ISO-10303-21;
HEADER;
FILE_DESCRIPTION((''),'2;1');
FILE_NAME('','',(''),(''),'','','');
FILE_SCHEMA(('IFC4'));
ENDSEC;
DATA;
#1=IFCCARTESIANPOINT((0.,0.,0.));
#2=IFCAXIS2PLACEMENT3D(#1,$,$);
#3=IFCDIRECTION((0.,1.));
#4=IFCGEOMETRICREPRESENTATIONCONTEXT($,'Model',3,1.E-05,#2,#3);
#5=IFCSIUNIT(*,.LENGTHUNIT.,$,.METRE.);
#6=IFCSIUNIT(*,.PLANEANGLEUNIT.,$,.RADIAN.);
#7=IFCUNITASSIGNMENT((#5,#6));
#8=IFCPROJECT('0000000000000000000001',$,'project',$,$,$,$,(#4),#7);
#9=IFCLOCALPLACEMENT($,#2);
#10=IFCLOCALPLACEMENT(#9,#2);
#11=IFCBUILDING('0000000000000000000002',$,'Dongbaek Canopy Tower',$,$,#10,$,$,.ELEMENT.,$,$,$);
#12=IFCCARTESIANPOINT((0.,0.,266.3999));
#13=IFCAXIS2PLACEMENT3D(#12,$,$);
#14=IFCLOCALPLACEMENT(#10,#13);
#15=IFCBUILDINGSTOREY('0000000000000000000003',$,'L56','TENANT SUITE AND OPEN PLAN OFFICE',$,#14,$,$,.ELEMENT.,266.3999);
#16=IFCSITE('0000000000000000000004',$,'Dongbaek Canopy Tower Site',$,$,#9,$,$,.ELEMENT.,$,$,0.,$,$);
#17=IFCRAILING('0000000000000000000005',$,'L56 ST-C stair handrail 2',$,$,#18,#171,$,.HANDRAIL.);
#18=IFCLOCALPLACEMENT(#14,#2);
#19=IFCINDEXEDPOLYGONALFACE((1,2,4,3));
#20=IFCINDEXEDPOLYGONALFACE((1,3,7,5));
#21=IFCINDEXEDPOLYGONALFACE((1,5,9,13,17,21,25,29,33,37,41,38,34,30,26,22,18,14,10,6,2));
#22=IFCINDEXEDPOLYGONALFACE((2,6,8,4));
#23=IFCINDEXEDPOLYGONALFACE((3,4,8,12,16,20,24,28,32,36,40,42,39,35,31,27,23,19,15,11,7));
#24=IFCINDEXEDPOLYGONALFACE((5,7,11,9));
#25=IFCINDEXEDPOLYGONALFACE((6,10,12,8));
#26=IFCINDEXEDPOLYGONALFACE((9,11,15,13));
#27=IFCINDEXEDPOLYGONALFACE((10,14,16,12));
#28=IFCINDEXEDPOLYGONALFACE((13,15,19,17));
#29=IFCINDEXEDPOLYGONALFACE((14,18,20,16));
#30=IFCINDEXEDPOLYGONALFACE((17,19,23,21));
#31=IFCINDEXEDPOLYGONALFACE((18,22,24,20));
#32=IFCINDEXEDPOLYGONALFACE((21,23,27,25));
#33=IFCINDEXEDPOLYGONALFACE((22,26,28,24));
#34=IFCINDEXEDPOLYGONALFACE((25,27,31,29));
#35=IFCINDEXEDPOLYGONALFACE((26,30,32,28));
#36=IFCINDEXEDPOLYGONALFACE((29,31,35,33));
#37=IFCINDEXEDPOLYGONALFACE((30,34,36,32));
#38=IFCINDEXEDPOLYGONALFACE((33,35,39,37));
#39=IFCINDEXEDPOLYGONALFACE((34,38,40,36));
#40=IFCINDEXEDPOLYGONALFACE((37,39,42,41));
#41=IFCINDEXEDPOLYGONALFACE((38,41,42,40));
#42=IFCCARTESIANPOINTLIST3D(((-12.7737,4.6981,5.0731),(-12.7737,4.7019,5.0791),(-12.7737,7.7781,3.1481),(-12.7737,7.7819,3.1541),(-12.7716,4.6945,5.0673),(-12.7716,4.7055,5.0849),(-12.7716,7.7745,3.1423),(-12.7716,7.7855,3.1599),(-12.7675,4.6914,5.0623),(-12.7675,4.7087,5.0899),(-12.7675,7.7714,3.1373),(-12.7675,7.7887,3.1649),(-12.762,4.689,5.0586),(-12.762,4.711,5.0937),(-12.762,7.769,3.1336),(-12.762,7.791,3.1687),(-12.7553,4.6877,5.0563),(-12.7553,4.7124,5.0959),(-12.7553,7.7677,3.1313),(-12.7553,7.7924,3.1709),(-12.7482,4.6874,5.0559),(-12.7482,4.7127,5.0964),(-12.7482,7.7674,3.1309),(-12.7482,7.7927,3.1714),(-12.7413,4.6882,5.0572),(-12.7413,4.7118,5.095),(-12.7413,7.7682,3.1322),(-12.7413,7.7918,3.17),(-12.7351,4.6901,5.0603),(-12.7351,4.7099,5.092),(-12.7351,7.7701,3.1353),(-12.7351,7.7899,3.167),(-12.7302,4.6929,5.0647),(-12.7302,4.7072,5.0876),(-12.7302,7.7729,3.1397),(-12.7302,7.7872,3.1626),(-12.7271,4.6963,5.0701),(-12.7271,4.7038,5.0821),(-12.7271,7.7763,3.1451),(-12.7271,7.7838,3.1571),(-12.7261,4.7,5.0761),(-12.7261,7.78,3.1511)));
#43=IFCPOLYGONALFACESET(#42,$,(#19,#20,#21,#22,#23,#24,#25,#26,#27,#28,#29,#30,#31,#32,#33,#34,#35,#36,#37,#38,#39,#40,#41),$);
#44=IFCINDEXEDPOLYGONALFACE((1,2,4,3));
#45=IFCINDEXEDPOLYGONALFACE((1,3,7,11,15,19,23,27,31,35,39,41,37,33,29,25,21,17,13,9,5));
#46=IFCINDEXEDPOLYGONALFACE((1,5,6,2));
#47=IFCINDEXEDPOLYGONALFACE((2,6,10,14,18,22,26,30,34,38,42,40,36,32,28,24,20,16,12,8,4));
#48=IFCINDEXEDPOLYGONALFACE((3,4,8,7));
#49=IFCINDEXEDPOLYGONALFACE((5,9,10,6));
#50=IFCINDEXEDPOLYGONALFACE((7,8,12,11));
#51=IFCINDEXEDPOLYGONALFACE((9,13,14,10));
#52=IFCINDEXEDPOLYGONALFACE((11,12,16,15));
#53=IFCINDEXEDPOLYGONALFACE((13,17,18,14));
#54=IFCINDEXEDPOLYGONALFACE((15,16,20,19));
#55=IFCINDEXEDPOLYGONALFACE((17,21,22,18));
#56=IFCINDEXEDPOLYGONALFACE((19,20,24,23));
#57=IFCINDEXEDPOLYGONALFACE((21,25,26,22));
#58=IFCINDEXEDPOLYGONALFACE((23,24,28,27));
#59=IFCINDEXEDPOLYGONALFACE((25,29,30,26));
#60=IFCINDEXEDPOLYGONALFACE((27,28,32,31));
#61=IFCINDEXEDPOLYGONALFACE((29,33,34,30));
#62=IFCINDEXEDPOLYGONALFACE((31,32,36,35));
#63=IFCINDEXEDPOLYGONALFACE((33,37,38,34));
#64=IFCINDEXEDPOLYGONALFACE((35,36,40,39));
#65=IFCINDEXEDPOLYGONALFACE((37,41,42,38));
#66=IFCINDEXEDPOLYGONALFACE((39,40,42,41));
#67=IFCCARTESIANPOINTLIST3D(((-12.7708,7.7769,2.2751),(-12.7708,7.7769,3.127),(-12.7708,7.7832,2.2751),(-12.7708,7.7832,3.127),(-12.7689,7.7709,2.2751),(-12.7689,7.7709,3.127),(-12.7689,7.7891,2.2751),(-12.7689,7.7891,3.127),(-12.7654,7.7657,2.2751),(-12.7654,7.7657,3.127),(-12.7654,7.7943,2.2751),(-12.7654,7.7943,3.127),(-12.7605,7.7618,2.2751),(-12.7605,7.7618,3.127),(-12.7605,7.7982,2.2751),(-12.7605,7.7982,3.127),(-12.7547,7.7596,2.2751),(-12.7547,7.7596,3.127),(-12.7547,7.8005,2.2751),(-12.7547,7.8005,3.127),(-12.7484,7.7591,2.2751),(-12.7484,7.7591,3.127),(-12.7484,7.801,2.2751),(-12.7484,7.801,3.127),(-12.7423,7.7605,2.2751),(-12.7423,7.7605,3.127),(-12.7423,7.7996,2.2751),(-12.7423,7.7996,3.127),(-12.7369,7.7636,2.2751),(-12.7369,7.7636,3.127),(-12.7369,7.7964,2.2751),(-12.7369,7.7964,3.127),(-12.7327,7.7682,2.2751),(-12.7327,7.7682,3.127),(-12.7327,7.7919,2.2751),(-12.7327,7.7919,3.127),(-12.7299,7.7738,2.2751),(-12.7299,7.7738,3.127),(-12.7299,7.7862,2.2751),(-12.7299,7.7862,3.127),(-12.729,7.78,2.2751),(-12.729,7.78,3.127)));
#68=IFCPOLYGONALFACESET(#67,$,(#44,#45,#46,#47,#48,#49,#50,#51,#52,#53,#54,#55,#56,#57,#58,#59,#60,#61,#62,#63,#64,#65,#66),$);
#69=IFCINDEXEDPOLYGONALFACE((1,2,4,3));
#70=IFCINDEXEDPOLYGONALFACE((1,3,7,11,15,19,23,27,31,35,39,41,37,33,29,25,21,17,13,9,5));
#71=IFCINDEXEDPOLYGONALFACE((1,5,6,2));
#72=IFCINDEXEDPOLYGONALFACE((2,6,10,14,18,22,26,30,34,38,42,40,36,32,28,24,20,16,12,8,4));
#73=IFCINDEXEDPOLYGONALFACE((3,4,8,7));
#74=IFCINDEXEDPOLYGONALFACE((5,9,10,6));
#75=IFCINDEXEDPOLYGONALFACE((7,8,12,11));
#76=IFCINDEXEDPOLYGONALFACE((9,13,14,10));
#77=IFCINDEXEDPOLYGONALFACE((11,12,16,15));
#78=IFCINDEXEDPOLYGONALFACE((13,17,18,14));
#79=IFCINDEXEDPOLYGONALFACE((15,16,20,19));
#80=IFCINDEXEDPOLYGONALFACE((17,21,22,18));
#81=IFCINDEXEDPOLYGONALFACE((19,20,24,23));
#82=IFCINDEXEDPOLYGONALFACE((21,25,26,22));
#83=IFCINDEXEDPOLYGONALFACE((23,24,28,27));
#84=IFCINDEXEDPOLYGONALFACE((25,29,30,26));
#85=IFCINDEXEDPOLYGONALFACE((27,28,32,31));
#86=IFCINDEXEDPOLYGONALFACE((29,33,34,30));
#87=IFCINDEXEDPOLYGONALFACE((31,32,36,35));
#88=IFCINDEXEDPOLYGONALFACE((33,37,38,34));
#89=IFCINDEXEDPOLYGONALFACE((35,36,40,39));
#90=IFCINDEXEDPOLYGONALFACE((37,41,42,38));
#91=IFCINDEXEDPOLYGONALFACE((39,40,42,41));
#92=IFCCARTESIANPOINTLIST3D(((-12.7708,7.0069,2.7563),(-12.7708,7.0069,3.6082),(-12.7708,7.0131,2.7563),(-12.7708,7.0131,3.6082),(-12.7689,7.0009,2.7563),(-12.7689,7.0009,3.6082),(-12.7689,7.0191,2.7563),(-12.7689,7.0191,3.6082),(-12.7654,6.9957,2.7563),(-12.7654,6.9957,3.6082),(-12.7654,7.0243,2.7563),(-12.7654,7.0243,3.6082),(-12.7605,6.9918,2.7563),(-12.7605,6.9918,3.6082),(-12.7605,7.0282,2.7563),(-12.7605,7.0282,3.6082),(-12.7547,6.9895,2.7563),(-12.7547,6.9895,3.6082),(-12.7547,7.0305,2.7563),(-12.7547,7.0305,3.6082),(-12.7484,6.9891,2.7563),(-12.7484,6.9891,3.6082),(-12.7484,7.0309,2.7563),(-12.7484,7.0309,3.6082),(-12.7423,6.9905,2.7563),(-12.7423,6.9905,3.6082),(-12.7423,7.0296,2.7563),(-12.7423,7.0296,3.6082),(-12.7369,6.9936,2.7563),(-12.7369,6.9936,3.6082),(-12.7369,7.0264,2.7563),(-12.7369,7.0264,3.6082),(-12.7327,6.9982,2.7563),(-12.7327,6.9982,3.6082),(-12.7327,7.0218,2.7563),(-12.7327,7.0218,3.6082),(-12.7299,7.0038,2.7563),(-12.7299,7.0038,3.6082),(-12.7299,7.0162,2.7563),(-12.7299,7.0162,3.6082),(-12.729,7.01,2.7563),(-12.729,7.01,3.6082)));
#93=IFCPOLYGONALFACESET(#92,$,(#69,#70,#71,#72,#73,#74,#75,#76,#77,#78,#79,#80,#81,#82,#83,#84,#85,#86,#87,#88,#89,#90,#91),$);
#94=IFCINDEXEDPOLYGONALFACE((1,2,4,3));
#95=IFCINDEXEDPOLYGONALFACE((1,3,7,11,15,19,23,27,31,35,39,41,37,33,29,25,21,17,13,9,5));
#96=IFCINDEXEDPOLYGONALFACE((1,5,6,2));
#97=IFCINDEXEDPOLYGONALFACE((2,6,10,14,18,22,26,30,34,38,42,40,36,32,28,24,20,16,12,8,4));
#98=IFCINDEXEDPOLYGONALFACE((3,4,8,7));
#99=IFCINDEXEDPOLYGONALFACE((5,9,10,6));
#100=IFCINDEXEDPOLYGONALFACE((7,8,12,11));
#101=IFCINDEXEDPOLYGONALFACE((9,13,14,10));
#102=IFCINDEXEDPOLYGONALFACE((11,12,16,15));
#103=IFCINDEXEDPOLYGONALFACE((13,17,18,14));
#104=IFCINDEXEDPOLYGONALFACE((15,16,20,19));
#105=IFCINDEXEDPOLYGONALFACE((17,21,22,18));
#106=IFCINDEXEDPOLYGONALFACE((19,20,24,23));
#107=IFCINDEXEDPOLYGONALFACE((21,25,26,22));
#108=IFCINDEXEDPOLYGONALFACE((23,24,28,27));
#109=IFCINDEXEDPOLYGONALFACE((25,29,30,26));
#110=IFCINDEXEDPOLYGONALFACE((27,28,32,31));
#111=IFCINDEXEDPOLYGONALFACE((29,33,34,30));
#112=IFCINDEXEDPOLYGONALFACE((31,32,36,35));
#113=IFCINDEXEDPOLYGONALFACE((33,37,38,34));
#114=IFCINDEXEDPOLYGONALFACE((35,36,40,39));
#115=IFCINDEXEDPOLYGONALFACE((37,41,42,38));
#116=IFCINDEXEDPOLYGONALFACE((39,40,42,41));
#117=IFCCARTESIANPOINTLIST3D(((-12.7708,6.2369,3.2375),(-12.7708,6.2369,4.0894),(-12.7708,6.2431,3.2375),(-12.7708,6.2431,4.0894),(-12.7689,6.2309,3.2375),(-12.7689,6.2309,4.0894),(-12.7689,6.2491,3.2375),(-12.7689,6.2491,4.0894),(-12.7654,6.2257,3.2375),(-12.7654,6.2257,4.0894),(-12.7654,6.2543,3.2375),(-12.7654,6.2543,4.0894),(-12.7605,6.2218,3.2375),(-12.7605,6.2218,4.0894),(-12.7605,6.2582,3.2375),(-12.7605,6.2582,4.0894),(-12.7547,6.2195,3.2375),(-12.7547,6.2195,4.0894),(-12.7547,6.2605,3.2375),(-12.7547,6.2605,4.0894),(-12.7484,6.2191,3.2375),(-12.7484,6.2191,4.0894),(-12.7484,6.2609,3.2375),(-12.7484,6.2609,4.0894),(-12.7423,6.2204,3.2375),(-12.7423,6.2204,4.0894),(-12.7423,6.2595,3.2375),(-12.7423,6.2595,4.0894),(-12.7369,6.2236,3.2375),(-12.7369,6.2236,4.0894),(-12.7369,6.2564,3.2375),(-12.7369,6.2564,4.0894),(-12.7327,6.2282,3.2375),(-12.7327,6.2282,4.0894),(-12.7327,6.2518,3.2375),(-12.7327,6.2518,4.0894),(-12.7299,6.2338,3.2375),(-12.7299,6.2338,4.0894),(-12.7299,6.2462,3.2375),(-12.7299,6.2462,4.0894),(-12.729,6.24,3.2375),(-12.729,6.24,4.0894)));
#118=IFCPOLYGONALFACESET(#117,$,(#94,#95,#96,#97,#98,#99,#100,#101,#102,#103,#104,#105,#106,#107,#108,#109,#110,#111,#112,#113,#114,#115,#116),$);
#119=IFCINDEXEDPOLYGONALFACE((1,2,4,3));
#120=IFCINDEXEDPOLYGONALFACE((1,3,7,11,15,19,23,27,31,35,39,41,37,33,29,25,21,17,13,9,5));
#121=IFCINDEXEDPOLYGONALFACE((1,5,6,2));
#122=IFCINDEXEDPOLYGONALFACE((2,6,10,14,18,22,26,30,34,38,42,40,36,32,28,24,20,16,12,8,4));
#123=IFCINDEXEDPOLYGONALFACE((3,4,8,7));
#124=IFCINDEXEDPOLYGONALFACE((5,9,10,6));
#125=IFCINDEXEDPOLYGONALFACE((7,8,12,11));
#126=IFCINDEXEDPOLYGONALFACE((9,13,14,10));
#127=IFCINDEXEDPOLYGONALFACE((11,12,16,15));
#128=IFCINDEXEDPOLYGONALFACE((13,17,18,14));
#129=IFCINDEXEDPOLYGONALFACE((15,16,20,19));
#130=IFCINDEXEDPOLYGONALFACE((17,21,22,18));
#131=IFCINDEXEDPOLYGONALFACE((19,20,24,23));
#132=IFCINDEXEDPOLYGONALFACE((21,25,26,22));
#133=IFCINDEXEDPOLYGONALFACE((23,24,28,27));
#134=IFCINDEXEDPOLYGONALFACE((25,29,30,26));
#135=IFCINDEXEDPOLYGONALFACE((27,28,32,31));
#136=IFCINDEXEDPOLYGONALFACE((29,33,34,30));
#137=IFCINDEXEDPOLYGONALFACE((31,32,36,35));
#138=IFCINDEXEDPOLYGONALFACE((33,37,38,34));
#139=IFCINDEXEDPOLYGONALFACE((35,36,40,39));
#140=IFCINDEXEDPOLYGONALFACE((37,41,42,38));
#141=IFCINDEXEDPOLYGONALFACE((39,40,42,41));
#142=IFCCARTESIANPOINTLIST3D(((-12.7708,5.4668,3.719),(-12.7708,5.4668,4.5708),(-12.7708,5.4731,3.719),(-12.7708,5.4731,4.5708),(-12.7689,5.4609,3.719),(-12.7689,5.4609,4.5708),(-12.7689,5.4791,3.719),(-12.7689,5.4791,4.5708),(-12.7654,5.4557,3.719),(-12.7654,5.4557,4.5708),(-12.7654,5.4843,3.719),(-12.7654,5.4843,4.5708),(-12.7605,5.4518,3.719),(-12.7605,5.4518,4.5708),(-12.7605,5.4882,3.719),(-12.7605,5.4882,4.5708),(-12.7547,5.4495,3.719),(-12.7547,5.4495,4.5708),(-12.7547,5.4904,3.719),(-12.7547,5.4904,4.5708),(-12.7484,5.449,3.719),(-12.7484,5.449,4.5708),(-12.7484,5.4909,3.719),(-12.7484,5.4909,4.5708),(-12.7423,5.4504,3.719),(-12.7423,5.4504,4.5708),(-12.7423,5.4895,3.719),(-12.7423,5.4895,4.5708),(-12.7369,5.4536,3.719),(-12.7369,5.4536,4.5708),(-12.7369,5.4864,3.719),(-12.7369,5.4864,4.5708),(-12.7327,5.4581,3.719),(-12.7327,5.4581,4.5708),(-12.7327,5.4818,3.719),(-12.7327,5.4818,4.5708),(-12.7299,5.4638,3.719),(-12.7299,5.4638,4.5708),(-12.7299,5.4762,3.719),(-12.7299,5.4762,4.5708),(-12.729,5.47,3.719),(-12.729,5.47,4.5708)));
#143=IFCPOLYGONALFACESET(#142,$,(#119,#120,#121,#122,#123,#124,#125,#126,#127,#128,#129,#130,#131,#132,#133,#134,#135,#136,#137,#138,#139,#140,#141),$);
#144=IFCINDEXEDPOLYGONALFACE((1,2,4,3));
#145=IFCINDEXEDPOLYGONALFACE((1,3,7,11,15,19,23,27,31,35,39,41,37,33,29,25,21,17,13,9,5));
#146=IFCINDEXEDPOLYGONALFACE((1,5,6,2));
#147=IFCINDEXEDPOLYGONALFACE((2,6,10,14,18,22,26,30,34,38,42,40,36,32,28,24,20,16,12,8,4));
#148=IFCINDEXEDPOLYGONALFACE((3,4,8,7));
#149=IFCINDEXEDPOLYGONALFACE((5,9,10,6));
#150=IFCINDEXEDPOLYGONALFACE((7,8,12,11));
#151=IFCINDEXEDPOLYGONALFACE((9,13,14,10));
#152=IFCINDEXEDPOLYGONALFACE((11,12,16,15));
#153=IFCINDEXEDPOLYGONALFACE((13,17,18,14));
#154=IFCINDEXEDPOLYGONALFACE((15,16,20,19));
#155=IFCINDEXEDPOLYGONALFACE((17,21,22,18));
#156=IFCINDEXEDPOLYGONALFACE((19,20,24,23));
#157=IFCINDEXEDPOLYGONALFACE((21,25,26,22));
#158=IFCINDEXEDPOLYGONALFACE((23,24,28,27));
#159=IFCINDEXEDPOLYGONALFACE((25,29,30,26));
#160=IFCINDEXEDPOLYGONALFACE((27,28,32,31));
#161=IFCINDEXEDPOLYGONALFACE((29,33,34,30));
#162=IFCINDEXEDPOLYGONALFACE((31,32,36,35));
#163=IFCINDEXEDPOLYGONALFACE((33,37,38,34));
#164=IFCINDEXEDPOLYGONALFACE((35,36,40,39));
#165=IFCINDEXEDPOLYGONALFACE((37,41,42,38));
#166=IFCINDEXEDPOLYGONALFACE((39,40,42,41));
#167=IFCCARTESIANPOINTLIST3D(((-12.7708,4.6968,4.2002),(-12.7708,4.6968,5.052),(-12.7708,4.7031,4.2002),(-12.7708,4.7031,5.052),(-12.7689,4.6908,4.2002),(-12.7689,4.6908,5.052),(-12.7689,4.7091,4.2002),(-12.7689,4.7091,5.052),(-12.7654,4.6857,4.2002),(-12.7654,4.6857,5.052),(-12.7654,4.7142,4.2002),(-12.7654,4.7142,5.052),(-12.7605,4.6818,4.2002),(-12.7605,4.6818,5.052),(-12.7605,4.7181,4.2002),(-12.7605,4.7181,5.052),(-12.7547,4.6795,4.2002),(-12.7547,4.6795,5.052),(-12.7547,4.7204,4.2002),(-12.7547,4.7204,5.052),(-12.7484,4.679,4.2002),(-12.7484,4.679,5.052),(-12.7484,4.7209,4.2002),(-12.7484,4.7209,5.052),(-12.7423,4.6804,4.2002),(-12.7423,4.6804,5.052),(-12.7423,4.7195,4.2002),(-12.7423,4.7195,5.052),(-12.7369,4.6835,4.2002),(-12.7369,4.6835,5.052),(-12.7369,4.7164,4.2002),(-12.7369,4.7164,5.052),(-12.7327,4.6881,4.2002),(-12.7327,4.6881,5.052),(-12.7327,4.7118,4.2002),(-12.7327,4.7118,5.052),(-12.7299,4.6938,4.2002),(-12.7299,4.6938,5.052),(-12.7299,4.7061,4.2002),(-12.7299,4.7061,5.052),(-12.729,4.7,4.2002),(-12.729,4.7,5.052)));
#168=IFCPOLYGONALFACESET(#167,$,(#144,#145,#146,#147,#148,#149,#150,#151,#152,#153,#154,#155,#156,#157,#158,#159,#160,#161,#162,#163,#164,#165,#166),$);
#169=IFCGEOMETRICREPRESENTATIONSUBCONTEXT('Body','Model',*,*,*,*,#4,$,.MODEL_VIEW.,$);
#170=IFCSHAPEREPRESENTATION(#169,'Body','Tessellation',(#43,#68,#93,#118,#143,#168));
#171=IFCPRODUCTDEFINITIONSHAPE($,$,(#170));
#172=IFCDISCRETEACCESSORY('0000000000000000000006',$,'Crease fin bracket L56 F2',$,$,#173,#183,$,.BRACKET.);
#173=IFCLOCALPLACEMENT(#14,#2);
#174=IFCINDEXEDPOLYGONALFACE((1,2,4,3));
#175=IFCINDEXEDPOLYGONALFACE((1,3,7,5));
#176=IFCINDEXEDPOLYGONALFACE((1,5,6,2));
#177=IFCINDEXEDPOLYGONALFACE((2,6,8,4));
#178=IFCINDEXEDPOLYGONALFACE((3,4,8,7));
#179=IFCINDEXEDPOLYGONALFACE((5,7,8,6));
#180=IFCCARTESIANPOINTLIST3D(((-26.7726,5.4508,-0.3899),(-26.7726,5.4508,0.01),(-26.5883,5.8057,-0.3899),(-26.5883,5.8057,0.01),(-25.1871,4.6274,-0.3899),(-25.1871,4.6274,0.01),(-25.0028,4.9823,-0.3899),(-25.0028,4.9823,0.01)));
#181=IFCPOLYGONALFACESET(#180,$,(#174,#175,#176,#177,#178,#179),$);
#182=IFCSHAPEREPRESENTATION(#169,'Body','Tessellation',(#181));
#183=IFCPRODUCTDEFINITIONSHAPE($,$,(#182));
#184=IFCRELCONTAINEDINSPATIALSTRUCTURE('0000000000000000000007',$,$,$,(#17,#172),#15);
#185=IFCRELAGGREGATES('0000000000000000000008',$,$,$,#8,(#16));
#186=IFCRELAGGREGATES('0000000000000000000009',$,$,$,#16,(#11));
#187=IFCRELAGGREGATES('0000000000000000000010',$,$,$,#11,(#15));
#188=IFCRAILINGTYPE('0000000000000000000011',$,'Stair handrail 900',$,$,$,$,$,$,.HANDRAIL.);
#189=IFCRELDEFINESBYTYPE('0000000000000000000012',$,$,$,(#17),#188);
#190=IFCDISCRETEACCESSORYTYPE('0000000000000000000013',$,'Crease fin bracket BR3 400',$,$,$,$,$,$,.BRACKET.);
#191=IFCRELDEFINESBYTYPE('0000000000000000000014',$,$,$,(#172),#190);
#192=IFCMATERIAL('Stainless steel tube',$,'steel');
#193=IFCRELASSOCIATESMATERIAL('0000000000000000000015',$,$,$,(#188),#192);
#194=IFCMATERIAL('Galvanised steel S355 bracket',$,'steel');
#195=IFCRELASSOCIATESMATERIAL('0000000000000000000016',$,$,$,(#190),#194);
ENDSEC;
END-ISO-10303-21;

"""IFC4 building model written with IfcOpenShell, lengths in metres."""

from ifc_helpers import new_model, si_unit, direction, frame, origin, origin_2d, place, context, subcontext, project, spatial, rectangle, circle, extrude, material, type_object, element, save


model = new_model("IFC4")

# Units and contexts
model_context = context("Model", 3, precision=1e-05, world=origin(), true_north=direction((0.0, 1.0)))
body_context = subcontext(model_context, "Body", "Model", "MODEL_VIEW")
ifc_project = project(units=[si_unit("LENGTHUNIT", "METRE"), si_unit("PLANEANGLEUNIT", "RADIAN")], contexts=[model_context])

# Site, building, storey
site_placement = place(None, origin())
site = spatial("IfcSite", under=ifc_project, at=site_placement, Name="Dongbaek Canopy Tower Site", CompositionType="ELEMENT", RefElevation=0.0)
building_placement = place(site_placement, origin())
building = spatial("IfcBuilding", under=site, at=building_placement, Name="Dongbaek Canopy Tower", CompositionType="ELEMENT")
storey_placement = place(building_placement, frame((0.0, 0.0, 266.3999)))
storey = spatial("IfcBuildingStorey", under=building, at=storey_placement, Name="L56", Description="TENANT SUITE AND OPEN PLAN OFFICE", CompositionType="ELEMENT", Elevation=266.3999)

# Railing
ifc_material_1 = material(Name="Stainless steel tube", Category="steel")
railing_type = type_object("IfcRailingType", Name="Stair handrail 900", PredefinedType="HANDRAIL", material=ifc_material_1)
railing_placement = place(storey_placement, frame((-12.75, 7.78, 2.2751)))
element("IfcRailing", 1, at=railing_placement, inside=storey, type_object=railing_type, Name="L56 ST-C stair handrail 2", PredefinedType="HANDRAIL", context=body_context, shape_type="SweptSolid", body=[
    extrude(circle(Radius=0.0239, at=origin_2d()), frame((0.0, 0.0, 0.876), z_axis=(0.0, -0.847998, 0.529999), x_axis=(1.0, 0.0, 0.0)), (0.0, 0.0, 1.0), 3.6321),
    extrude(circle(Radius=0.021, at=origin_2d()), origin(), (0.0, 0.0, 1.0), 0.8518),
    extrude(circle(Radius=0.021, at=origin_2d()), frame((0.0, -0.77, 0.4812)), (0.0, 0.0, 1.0), 0.8518),
    extrude(circle(Radius=0.021, at=origin_2d()), frame((0.0, -1.54, 0.9624)), (0.0, 0.0, 1.0), 0.8518),
    extrude(circle(Radius=0.021, at=origin_2d()), frame((0.0, -2.3101, 1.4438)), (0.0, 0.0, 1.0), 0.8518),
    extrude(circle(Radius=0.021, at=origin_2d()), frame((0.0, -3.0801, 1.925)), (0.0, 0.0, 1.0), 0.8518),
])

# Discrete accessory
ifc_material_2 = material(Name="Galvanised steel S355 bracket", Category="steel")
discrete_accessory_type = type_object("IfcDiscreteAccessoryType", Name="Crease fin bracket BR3 400", PredefinedType="BRACKET", material=ifc_material_2)
discrete_accessory_placement = place(storey_placement, frame((-25.8877, 5.2166, -0.3899), z_axis=(0.0, 0.0, 1.0), x_axis=(-0.887463, 0.46088, 0.0)))
element("IfcDiscreteAccessory", 2, at=discrete_accessory_placement, inside=storey, type_object=discrete_accessory_type, Name="Crease fin bracket L56 F2", PredefinedType="BRACKET", context=body_context, shape_type="SweptSolid", body=[
    extrude(rectangle(XDim=1.7866, YDim=0.3999, at=origin_2d()), origin(), (0.0, 0.0, 1.0), 0.3999),
])

save(model, "model.ifc")
